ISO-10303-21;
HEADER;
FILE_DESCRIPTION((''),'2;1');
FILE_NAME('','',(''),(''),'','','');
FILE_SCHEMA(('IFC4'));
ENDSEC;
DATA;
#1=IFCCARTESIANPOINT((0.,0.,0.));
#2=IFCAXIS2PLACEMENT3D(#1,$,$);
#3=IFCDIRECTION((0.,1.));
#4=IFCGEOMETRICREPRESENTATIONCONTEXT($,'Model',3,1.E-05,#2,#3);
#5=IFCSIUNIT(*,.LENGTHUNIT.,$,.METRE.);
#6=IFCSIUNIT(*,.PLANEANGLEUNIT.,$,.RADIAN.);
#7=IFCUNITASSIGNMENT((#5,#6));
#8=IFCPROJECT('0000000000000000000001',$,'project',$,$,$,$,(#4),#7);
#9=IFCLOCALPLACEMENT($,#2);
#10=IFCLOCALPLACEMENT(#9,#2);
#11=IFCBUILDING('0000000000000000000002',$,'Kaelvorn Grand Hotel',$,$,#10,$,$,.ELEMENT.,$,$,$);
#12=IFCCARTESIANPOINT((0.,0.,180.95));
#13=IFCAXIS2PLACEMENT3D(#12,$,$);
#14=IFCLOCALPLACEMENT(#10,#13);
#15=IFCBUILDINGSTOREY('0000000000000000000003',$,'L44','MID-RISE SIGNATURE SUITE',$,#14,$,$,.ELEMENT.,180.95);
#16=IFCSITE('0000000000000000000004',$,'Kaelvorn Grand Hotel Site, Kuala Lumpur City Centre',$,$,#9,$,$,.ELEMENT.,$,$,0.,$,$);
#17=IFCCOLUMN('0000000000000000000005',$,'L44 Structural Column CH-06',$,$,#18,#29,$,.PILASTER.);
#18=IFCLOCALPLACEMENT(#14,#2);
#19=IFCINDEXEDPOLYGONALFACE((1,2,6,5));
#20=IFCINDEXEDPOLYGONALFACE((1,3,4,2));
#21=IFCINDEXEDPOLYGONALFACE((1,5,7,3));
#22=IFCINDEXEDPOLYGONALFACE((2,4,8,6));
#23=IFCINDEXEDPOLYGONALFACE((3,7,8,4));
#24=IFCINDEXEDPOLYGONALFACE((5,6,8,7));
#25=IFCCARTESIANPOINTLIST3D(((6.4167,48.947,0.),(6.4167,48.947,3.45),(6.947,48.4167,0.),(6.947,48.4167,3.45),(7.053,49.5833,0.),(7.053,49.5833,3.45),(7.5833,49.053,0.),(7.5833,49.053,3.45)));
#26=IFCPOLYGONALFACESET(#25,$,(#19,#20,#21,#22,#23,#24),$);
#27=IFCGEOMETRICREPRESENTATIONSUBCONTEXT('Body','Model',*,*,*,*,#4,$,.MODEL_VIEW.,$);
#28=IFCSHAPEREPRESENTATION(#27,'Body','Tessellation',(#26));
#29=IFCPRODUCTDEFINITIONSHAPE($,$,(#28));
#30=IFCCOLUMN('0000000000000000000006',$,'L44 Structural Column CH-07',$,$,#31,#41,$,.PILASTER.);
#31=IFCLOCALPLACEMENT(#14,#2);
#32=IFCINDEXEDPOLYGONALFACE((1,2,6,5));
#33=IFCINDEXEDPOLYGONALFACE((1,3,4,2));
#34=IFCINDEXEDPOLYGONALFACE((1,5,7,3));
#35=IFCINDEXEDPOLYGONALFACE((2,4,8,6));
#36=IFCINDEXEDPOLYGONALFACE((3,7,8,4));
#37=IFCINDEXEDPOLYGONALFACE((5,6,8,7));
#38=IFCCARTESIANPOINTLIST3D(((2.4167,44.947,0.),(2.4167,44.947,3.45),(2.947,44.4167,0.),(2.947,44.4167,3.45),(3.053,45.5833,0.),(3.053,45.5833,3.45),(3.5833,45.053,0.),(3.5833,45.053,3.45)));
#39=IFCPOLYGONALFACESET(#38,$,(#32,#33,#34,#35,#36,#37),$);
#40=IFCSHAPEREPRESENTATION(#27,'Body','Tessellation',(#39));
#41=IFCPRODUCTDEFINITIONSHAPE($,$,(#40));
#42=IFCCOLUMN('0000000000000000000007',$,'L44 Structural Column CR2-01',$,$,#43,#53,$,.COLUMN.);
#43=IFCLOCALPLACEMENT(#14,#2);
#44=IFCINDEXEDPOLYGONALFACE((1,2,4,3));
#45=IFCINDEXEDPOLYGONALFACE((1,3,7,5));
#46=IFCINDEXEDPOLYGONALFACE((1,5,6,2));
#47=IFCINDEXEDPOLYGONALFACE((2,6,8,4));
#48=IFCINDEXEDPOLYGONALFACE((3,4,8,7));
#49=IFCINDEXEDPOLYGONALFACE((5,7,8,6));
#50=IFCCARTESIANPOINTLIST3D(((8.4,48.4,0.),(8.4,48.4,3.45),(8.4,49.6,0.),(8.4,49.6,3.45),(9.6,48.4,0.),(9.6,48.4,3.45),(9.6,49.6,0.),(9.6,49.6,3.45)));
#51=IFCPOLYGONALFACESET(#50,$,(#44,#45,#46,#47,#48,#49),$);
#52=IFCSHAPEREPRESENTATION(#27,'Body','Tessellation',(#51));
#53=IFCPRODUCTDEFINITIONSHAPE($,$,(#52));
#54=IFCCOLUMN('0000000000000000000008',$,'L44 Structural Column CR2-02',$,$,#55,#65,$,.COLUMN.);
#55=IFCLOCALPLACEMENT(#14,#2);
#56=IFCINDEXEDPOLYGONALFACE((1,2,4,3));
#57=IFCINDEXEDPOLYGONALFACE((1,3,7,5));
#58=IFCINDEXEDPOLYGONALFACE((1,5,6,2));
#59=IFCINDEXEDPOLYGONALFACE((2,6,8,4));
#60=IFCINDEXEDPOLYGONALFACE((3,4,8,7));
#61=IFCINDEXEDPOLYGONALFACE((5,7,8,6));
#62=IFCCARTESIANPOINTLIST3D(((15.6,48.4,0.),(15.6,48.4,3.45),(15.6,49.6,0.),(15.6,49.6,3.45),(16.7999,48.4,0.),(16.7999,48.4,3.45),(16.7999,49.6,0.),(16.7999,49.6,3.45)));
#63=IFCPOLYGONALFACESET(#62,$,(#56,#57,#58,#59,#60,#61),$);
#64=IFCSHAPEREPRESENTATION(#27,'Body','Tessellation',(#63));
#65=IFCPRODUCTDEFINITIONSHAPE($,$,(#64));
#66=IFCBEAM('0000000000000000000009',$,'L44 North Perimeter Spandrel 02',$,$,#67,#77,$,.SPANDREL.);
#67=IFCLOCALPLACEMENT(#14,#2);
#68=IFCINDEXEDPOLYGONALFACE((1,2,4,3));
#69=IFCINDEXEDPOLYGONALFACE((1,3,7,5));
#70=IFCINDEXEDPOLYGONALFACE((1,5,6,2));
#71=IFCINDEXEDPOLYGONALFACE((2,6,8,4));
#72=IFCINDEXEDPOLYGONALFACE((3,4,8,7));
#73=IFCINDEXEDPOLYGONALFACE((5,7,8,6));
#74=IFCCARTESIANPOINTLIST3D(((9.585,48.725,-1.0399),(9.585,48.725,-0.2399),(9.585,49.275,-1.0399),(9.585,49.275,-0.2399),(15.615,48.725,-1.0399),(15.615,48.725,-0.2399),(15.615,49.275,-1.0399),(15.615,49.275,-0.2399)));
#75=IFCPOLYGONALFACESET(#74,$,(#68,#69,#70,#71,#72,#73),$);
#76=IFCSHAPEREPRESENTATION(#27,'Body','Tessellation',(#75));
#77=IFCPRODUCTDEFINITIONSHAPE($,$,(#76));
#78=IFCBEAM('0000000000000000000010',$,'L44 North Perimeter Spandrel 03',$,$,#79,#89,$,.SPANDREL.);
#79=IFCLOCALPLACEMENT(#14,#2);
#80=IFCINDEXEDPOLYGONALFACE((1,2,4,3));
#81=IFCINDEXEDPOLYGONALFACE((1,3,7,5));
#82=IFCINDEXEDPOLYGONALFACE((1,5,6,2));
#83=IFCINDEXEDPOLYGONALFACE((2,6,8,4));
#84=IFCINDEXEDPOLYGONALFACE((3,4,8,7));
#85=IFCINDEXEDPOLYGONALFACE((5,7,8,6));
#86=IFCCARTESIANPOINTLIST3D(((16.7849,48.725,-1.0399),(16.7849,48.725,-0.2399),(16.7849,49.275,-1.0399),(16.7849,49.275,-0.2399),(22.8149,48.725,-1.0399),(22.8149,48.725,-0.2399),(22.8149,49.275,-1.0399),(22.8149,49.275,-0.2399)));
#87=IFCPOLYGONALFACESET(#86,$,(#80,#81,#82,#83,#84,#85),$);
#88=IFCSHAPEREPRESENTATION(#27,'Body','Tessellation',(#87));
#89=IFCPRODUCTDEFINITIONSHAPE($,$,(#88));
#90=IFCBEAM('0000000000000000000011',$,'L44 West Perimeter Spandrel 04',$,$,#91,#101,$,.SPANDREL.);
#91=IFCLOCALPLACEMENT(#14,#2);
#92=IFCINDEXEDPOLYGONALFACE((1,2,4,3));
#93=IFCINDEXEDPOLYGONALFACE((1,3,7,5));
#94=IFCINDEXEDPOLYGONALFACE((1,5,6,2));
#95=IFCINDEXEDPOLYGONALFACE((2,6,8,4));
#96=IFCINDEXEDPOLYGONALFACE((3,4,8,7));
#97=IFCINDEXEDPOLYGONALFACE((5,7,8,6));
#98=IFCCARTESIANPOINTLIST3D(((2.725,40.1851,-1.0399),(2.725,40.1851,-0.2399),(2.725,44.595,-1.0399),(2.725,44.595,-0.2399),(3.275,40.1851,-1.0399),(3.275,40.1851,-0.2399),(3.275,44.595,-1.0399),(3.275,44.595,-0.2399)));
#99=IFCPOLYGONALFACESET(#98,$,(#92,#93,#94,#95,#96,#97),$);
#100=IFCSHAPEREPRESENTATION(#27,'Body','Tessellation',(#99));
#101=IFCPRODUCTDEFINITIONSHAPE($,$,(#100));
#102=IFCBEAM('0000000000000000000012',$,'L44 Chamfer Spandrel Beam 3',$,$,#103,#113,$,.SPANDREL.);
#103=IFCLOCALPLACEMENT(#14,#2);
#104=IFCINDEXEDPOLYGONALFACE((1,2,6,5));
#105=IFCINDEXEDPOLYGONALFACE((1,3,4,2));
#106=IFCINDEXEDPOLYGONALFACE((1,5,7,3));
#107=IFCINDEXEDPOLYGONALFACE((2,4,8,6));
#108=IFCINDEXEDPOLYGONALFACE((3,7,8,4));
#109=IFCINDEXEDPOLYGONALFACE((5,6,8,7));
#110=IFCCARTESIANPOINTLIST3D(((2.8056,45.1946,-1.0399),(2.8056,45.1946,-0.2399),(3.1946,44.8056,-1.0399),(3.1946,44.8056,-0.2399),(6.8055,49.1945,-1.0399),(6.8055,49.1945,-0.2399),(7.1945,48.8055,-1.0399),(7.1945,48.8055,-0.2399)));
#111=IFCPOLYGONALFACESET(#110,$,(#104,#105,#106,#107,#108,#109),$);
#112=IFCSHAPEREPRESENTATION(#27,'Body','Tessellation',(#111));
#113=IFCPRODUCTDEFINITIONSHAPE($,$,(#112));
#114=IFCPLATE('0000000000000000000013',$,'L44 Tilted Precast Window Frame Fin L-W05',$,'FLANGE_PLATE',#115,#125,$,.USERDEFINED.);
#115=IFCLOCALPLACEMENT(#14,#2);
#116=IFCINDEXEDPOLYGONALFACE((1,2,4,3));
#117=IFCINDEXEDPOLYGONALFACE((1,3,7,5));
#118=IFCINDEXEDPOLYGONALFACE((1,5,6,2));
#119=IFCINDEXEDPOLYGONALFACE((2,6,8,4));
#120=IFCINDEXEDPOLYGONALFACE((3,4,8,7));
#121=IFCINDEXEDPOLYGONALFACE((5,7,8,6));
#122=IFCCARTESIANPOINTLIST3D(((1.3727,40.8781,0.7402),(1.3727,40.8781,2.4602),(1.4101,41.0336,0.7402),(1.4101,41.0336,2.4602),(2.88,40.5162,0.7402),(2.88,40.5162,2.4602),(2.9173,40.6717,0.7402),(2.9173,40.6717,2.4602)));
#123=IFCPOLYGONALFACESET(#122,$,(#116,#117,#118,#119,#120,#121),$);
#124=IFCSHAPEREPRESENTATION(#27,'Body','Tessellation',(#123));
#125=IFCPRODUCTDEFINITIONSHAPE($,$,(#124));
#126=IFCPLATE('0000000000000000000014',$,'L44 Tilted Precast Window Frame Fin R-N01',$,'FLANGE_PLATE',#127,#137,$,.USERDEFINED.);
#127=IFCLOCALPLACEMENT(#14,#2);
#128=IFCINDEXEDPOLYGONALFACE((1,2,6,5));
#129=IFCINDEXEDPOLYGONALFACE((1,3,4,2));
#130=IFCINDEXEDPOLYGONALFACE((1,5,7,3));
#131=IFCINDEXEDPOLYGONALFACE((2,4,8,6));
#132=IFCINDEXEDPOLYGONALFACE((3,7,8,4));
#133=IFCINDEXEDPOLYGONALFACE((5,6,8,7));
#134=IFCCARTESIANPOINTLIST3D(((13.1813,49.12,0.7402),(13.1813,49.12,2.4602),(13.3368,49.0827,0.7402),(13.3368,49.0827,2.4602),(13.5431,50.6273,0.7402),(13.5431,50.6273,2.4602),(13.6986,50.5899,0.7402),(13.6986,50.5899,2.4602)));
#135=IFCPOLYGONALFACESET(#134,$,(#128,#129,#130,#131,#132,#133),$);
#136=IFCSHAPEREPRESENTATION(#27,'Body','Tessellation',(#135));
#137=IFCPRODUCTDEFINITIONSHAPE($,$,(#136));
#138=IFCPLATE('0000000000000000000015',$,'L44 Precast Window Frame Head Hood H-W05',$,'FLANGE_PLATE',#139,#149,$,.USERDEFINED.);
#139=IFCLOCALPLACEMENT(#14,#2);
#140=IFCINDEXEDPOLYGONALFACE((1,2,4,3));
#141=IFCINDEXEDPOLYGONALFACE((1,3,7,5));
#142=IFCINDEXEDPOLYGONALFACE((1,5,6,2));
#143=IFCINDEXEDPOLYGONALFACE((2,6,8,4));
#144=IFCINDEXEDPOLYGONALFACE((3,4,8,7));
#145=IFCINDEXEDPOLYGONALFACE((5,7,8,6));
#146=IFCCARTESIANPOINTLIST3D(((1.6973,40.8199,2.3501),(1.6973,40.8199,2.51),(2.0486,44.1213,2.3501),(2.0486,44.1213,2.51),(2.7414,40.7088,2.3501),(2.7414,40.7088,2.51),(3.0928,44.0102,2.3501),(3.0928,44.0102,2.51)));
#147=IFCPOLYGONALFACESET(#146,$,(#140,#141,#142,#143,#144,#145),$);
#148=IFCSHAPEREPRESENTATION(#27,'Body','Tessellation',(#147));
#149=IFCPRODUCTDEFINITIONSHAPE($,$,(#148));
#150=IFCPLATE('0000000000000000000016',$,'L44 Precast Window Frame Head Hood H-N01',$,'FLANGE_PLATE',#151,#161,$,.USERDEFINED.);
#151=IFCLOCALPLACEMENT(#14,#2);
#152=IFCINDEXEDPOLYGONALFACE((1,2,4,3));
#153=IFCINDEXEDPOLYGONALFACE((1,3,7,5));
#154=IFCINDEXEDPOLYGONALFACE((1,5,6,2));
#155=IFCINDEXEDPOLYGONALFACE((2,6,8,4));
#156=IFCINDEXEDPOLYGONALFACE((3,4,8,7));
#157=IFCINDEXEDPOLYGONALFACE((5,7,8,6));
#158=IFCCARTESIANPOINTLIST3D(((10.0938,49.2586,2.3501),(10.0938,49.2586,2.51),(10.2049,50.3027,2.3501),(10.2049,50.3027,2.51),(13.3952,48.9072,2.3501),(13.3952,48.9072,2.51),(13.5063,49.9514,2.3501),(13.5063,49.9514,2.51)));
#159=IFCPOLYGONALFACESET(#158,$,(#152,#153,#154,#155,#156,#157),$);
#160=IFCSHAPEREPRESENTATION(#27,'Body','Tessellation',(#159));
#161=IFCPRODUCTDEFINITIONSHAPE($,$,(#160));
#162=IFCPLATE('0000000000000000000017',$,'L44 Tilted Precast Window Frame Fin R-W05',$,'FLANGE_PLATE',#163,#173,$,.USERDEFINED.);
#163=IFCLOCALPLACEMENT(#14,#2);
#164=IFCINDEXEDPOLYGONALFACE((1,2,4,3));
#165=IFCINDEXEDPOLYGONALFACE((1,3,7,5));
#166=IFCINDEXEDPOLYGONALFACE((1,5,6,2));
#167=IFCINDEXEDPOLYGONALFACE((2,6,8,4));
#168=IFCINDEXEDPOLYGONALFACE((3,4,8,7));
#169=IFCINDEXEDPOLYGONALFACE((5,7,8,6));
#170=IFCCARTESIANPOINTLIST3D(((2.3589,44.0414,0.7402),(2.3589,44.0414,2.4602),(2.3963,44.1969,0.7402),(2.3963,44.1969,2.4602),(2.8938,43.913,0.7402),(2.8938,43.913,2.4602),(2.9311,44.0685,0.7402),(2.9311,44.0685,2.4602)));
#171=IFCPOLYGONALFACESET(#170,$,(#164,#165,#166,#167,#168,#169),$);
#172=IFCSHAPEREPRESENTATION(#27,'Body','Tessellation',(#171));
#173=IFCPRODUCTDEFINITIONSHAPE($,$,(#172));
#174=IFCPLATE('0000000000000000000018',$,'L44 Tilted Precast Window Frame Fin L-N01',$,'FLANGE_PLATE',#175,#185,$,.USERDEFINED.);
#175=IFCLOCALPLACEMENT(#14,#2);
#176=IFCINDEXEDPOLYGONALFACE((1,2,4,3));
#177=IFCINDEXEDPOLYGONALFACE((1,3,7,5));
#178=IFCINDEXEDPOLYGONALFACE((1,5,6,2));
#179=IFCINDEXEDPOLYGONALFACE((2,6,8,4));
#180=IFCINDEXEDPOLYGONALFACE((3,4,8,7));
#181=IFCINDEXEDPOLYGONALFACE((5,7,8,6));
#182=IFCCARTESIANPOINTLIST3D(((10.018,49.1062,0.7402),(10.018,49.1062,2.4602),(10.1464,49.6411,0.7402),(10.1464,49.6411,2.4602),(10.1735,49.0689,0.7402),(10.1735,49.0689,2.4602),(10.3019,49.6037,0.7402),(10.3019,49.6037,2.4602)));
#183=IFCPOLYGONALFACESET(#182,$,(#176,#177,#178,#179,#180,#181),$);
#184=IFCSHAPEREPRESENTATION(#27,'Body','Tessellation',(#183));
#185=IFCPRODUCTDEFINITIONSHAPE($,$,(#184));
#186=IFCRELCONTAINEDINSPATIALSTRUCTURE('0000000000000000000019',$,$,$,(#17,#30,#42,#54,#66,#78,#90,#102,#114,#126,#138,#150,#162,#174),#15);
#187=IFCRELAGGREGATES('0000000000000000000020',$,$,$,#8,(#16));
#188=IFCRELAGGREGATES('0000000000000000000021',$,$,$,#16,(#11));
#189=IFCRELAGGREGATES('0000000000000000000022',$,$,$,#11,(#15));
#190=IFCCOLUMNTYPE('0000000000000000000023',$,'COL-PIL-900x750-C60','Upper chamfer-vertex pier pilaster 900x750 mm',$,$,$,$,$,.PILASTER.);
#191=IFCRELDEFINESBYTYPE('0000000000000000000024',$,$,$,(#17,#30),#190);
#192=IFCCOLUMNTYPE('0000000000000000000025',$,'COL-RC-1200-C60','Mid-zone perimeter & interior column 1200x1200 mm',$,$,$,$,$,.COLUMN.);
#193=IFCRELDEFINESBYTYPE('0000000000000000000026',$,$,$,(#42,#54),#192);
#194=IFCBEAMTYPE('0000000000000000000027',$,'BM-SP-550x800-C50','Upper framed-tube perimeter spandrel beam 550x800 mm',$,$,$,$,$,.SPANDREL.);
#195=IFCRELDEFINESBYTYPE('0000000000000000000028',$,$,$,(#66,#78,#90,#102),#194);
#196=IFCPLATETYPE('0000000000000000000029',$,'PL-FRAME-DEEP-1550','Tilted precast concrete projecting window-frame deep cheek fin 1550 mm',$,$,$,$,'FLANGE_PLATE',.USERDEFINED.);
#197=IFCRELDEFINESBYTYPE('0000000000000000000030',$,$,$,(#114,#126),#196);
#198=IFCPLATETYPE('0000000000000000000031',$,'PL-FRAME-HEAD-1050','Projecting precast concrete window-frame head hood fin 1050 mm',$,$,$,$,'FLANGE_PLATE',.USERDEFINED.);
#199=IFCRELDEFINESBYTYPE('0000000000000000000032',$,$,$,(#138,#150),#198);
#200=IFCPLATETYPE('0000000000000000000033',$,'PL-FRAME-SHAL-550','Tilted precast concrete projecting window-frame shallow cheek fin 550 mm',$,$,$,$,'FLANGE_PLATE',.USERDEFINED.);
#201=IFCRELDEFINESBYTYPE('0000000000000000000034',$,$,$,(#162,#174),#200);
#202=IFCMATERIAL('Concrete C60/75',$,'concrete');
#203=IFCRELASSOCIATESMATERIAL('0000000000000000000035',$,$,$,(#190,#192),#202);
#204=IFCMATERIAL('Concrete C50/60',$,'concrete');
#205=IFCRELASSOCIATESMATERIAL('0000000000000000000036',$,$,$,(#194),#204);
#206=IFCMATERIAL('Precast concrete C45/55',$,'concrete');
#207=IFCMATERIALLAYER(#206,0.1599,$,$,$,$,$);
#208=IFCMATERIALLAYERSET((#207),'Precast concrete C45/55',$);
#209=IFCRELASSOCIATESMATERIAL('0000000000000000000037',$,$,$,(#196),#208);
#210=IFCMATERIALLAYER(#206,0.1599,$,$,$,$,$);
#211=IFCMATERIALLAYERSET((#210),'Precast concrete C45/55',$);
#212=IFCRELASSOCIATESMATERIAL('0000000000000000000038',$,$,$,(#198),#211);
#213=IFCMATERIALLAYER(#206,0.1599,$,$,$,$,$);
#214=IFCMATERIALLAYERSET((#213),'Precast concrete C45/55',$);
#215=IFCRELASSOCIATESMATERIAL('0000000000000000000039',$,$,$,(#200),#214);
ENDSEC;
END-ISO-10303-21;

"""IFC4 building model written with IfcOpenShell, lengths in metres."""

from ifc_helpers import new_model, si_unit, direction, frame, origin, origin_2d, place, context, subcontext, project, spatial, rectangle, extrude, material, layer, layer_set, material_profile, profile_set, type_object, element, save


model = new_model("IFC4")

# Units and contexts
model_context = context("Model", 3, precision=1e-05, world=origin(), true_north=direction((0.0, 1.0)))
body_context = subcontext(model_context, "Body", "Model", "MODEL_VIEW")
ifc_project = project(units=[si_unit("LENGTHUNIT", "METRE"), si_unit("PLANEANGLEUNIT", "RADIAN")], contexts=[model_context])

# Site, building, storey
site_placement = place(None, origin())
site = spatial("IfcSite", under=ifc_project, at=site_placement, Name="Kaelvorn Grand Hotel Site, Kuala Lumpur City Centre", CompositionType="ELEMENT", RefElevation=0.0)
building_placement = place(site_placement, origin())
building = spatial("IfcBuilding", under=site, at=building_placement, Name="Kaelvorn Grand Hotel", CompositionType="ELEMENT")
storey_placement = place(building_placement, frame((0.0, 0.0, 180.95)))
storey = spatial("IfcBuildingStorey", under=building, at=storey_placement, Name="L44", Description="MID-RISE SIGNATURE SUITE", CompositionType="ELEMENT", Elevation=180.95)

# Columns
ifc_material_1 = material(Name="Concrete C60/75", Category="concrete")
ifc_material_profile_1 = material_profile(ifc_material_1, rectangle(XDim=0.8999, YDim=0.75, at=origin_2d()), Name="RC PILASTER 900x750")
ifc_profile_set_1 = profile_set([ifc_material_profile_1], Name="Concrete C60/75")
column_type_1 = type_object("IfcColumnType", Name="COL-PIL-900x750-C60", Description="Upper chamfer-vertex pier pilaster 900x750 mm", PredefinedType="PILASTER", material=ifc_profile_set_1)
for number, where, z_axis, x_axis, name in (
    (1, (7.0, 49.0, 0.0), (0.0, 0.0, 1.0), (0.707107, 0.707107, 0.0), "L44 Structural Column CH-06"),
    (2, (3.0, 45.0, 0.0), (0.0, 0.0, 1.0), (0.707107, 0.707107, 0.0), "L44 Structural Column CH-07"),
):
    element("IfcColumn", number, at=place(storey_placement, frame(where, z_axis=z_axis, x_axis=x_axis)), inside=storey, type_object=column_type_1, Name=name, PredefinedType="PILASTER", context=body_context, shape_type="SweptSolid", body=[
        extrude(rectangle(XDim=0.8999, YDim=0.75, at=origin_2d()), origin(), (0.0, 0.0, 1.0), 3.45),
    ])
ifc_material_profile_2 = material_profile(ifc_material_1, rectangle(XDim=1.2, YDim=1.2, at=origin_2d()), Name="RC COL 1200x1200")
ifc_profile_set_2 = profile_set([ifc_material_profile_2], Name="Concrete C60/75")
column_type_2 = type_object("IfcColumnType", Name="COL-RC-1200-C60", Description="Mid-zone perimeter & interior column 1200x1200 mm", PredefinedType="COLUMN", material=ifc_profile_set_2)
for number, where, z_axis, x_axis, name in (
    (3, (9.0, 49.0, 0.0), (0.0, 0.0, 1.0), (1.0, 0.0, 0.0), "L44 Structural Column CR2-01"),
    (4, (16.2, 49.0, 0.0), (0.0, 0.0, 1.0), (1.0, 0.0, 0.0), "L44 Structural Column CR2-02"),
):
    element("IfcColumn", number, at=place(storey_placement, frame(where, z_axis=z_axis, x_axis=x_axis)), inside=storey, type_object=column_type_2, Name=name, PredefinedType="COLUMN", context=body_context, shape_type="SweptSolid", body=[
        extrude(rectangle(XDim=1.2, YDim=1.2, at=origin_2d()), origin(), (0.0, 0.0, 1.0), 3.45),
    ])

# Beams
ifc_material_2 = material(Name="Concrete C50/60", Category="concrete")
ifc_material_profile_3 = material_profile(ifc_material_2, rectangle(XDim=0.55, YDim=0.8, at=origin_2d()), Name="RC SPANDREL 550x800")
ifc_profile_set_3 = profile_set([ifc_material_profile_3], Name="Concrete C50/60")
beam_type = type_object("IfcBeamType", Name="BM-SP-550x800-C50", Description="Upper framed-tube perimeter spandrel beam 550x800 mm", PredefinedType="SPANDREL", material=ifc_profile_set_3)
for number, where, z_axis, x_axis, name in (
    (5, (9.585, 49.0, -0.6399), (1.0, 0.0, 0.0), (0.0, 1.0, 0.0), "L44 North Perimeter Spandrel 02"),
    (6, (16.7849, 49.0, -0.6399), (1.0, 0.0, 0.0), (0.0, 1.0, 0.0), "L44 North Perimeter Spandrel 03"),
):
    element("IfcBeam", number, at=place(storey_placement, frame(where, z_axis=z_axis, x_axis=x_axis)), inside=storey, type_object=beam_type, Name=name, PredefinedType="SPANDREL", context=body_context, shape_type="SweptSolid", body=[
        extrude(rectangle(XDim=0.55, YDim=0.8, at=origin_2d()), origin(), (0.0, 0.0, 1.0), 6.03),
    ])
beam_1_placement = place(storey_placement, frame((3.0, 40.1851, -0.6399), z_axis=(0.0, 1.0, 0.0), x_axis=(-1.0, 0.0, 0.0)))
element("IfcBeam", 7, at=beam_1_placement, inside=storey, type_object=beam_type, Name="L44 West Perimeter Spandrel 04", PredefinedType="SPANDREL", context=body_context, shape_type="SweptSolid", body=[
    extrude(rectangle(XDim=0.55, YDim=0.8, at=origin_2d()), origin(), (0.0, 0.0, 1.0), 4.4099),
])
beam_2_placement = place(storey_placement, frame((7.0, 49.0, -0.6399), z_axis=(-0.707107, -0.707107, 0.0), x_axis=(0.707107, -0.707107, 0.0)))
element("IfcBeam", 8, at=beam_2_placement, inside=storey, type_object=beam_type, Name="L44 Chamfer Spandrel Beam 3", PredefinedType="SPANDREL", context=body_context, shape_type="SweptSolid", body=[
    extrude(rectangle(XDim=0.55, YDim=0.8, at=origin_2d()), origin(), (0.0, 0.0, 1.0), 5.6567),
])

# Plates
ifc_material_3 = material(Name="Precast concrete C45/55", Category="concrete")
ifc_layer_1 = layer(ifc_material_3, 0.1599)
ifc_layer_set_1 = layer_set([ifc_layer_1], Name="Precast concrete C45/55")
plate_type_1 = type_object("IfcPlateType", Name="PL-FRAME-DEEP-1550", Description="Tilted precast concrete projecting window-frame deep cheek fin 1550 mm", ElementType="FLANGE_PLATE", PredefinedType="USERDEFINED", material=ifc_layer_set_1)
for number, where, z_axis, x_axis, name in (
    (9, (2.145, 40.7749, 0.7402), (0.0, 0.0, 1.0), (0.233445, 0.97237, 0.0), "L44 Tilted Precast Window Frame Fin L-W05"),
    (10, (13.4399, 49.855, 0.7402), (0.0, 0.0, 1.0), (0.97237, -0.233445, 0.0), "L44 Tilted Precast Window Frame Fin R-N01"),
):
    element("IfcPlate", number, at=place(storey_placement, frame(where, z_axis=z_axis, x_axis=x_axis)), inside=storey, type_object=plate_type_1, Name=name, ObjectType="FLANGE_PLATE", PredefinedType="USERDEFINED", context=body_context, shape_type="SweptSolid", body=[
        extrude(rectangle(XDim=0.1599, YDim=1.55, at=origin_2d()), origin(), (0.0, 0.0, 1.0), 1.72),
    ])
ifc_layer_2 = layer(ifc_material_3, 0.1599)
ifc_layer_set_2 = layer_set([ifc_layer_2], Name="Precast concrete C45/55")
plate_type_2 = type_object("IfcPlateType", Name="PL-FRAME-HEAD-1050", Description="Projecting precast concrete window-frame head hood fin 1050 mm", ElementType="FLANGE_PLATE", PredefinedType="USERDEFINED", material=ifc_layer_set_2)
for number, where, z_axis, x_axis, name in (
    (11, (2.395, 42.415, 2.3501), (0.0, 0.0, 1.0), (0.10583, 0.994384, 0.0), "L44 Precast Window Frame Head Hood H-W05"),
    (12, (11.8, 49.605, 2.3501), (0.0, 0.0, 1.0), (0.994384, -0.10583, 0.0), "L44 Precast Window Frame Head Hood H-N01"),
):
    element("IfcPlate", number, at=place(storey_placement, frame(where, z_axis=z_axis, x_axis=x_axis)), inside=storey, type_object=plate_type_2, Name=name, ObjectType="FLANGE_PLATE", PredefinedType="USERDEFINED", context=body_context, shape_type="SweptSolid", body=[
        extrude(rectangle(XDim=3.3201, YDim=1.05, at=origin_2d()), origin(), (0.0, 0.0, 1.0), 0.1599),
    ])
ifc_layer_3 = layer(ifc_material_3, 0.1599)
ifc_layer_set_3 = layer_set([ifc_layer_3], Name="Precast concrete C45/55")
plate_type_3 = type_object("IfcPlateType", Name="PL-FRAME-SHAL-550", Description="Tilted precast concrete projecting window-frame shallow cheek fin 550 mm", ElementType="FLANGE_PLATE", PredefinedType="USERDEFINED", material=ifc_layer_set_3)
for number, where, z_axis, x_axis, name in (
    (13, (2.645, 44.0549, 0.7402), (0.0, 0.0, 1.0), (0.233445, 0.97237, 0.0), "L44 Tilted Precast Window Frame Fin R-W05"),
    (14, (10.1599, 49.355, 0.7402), (0.0, 0.0, 1.0), (0.97237, -0.233445, 0.0), "L44 Tilted Precast Window Frame Fin L-N01"),
):
    element("IfcPlate", number, at=place(storey_placement, frame(where, z_axis=z_axis, x_axis=x_axis)), inside=storey, type_object=plate_type_3, Name=name, ObjectType="FLANGE_PLATE", PredefinedType="USERDEFINED", context=body_context, shape_type="SweptSolid", body=[
        extrude(rectangle(XDim=0.1599, YDim=0.55, at=origin_2d()), origin(), (0.0, 0.0, 1.0), 1.72),
    ])

save(model, "model.ifc")
